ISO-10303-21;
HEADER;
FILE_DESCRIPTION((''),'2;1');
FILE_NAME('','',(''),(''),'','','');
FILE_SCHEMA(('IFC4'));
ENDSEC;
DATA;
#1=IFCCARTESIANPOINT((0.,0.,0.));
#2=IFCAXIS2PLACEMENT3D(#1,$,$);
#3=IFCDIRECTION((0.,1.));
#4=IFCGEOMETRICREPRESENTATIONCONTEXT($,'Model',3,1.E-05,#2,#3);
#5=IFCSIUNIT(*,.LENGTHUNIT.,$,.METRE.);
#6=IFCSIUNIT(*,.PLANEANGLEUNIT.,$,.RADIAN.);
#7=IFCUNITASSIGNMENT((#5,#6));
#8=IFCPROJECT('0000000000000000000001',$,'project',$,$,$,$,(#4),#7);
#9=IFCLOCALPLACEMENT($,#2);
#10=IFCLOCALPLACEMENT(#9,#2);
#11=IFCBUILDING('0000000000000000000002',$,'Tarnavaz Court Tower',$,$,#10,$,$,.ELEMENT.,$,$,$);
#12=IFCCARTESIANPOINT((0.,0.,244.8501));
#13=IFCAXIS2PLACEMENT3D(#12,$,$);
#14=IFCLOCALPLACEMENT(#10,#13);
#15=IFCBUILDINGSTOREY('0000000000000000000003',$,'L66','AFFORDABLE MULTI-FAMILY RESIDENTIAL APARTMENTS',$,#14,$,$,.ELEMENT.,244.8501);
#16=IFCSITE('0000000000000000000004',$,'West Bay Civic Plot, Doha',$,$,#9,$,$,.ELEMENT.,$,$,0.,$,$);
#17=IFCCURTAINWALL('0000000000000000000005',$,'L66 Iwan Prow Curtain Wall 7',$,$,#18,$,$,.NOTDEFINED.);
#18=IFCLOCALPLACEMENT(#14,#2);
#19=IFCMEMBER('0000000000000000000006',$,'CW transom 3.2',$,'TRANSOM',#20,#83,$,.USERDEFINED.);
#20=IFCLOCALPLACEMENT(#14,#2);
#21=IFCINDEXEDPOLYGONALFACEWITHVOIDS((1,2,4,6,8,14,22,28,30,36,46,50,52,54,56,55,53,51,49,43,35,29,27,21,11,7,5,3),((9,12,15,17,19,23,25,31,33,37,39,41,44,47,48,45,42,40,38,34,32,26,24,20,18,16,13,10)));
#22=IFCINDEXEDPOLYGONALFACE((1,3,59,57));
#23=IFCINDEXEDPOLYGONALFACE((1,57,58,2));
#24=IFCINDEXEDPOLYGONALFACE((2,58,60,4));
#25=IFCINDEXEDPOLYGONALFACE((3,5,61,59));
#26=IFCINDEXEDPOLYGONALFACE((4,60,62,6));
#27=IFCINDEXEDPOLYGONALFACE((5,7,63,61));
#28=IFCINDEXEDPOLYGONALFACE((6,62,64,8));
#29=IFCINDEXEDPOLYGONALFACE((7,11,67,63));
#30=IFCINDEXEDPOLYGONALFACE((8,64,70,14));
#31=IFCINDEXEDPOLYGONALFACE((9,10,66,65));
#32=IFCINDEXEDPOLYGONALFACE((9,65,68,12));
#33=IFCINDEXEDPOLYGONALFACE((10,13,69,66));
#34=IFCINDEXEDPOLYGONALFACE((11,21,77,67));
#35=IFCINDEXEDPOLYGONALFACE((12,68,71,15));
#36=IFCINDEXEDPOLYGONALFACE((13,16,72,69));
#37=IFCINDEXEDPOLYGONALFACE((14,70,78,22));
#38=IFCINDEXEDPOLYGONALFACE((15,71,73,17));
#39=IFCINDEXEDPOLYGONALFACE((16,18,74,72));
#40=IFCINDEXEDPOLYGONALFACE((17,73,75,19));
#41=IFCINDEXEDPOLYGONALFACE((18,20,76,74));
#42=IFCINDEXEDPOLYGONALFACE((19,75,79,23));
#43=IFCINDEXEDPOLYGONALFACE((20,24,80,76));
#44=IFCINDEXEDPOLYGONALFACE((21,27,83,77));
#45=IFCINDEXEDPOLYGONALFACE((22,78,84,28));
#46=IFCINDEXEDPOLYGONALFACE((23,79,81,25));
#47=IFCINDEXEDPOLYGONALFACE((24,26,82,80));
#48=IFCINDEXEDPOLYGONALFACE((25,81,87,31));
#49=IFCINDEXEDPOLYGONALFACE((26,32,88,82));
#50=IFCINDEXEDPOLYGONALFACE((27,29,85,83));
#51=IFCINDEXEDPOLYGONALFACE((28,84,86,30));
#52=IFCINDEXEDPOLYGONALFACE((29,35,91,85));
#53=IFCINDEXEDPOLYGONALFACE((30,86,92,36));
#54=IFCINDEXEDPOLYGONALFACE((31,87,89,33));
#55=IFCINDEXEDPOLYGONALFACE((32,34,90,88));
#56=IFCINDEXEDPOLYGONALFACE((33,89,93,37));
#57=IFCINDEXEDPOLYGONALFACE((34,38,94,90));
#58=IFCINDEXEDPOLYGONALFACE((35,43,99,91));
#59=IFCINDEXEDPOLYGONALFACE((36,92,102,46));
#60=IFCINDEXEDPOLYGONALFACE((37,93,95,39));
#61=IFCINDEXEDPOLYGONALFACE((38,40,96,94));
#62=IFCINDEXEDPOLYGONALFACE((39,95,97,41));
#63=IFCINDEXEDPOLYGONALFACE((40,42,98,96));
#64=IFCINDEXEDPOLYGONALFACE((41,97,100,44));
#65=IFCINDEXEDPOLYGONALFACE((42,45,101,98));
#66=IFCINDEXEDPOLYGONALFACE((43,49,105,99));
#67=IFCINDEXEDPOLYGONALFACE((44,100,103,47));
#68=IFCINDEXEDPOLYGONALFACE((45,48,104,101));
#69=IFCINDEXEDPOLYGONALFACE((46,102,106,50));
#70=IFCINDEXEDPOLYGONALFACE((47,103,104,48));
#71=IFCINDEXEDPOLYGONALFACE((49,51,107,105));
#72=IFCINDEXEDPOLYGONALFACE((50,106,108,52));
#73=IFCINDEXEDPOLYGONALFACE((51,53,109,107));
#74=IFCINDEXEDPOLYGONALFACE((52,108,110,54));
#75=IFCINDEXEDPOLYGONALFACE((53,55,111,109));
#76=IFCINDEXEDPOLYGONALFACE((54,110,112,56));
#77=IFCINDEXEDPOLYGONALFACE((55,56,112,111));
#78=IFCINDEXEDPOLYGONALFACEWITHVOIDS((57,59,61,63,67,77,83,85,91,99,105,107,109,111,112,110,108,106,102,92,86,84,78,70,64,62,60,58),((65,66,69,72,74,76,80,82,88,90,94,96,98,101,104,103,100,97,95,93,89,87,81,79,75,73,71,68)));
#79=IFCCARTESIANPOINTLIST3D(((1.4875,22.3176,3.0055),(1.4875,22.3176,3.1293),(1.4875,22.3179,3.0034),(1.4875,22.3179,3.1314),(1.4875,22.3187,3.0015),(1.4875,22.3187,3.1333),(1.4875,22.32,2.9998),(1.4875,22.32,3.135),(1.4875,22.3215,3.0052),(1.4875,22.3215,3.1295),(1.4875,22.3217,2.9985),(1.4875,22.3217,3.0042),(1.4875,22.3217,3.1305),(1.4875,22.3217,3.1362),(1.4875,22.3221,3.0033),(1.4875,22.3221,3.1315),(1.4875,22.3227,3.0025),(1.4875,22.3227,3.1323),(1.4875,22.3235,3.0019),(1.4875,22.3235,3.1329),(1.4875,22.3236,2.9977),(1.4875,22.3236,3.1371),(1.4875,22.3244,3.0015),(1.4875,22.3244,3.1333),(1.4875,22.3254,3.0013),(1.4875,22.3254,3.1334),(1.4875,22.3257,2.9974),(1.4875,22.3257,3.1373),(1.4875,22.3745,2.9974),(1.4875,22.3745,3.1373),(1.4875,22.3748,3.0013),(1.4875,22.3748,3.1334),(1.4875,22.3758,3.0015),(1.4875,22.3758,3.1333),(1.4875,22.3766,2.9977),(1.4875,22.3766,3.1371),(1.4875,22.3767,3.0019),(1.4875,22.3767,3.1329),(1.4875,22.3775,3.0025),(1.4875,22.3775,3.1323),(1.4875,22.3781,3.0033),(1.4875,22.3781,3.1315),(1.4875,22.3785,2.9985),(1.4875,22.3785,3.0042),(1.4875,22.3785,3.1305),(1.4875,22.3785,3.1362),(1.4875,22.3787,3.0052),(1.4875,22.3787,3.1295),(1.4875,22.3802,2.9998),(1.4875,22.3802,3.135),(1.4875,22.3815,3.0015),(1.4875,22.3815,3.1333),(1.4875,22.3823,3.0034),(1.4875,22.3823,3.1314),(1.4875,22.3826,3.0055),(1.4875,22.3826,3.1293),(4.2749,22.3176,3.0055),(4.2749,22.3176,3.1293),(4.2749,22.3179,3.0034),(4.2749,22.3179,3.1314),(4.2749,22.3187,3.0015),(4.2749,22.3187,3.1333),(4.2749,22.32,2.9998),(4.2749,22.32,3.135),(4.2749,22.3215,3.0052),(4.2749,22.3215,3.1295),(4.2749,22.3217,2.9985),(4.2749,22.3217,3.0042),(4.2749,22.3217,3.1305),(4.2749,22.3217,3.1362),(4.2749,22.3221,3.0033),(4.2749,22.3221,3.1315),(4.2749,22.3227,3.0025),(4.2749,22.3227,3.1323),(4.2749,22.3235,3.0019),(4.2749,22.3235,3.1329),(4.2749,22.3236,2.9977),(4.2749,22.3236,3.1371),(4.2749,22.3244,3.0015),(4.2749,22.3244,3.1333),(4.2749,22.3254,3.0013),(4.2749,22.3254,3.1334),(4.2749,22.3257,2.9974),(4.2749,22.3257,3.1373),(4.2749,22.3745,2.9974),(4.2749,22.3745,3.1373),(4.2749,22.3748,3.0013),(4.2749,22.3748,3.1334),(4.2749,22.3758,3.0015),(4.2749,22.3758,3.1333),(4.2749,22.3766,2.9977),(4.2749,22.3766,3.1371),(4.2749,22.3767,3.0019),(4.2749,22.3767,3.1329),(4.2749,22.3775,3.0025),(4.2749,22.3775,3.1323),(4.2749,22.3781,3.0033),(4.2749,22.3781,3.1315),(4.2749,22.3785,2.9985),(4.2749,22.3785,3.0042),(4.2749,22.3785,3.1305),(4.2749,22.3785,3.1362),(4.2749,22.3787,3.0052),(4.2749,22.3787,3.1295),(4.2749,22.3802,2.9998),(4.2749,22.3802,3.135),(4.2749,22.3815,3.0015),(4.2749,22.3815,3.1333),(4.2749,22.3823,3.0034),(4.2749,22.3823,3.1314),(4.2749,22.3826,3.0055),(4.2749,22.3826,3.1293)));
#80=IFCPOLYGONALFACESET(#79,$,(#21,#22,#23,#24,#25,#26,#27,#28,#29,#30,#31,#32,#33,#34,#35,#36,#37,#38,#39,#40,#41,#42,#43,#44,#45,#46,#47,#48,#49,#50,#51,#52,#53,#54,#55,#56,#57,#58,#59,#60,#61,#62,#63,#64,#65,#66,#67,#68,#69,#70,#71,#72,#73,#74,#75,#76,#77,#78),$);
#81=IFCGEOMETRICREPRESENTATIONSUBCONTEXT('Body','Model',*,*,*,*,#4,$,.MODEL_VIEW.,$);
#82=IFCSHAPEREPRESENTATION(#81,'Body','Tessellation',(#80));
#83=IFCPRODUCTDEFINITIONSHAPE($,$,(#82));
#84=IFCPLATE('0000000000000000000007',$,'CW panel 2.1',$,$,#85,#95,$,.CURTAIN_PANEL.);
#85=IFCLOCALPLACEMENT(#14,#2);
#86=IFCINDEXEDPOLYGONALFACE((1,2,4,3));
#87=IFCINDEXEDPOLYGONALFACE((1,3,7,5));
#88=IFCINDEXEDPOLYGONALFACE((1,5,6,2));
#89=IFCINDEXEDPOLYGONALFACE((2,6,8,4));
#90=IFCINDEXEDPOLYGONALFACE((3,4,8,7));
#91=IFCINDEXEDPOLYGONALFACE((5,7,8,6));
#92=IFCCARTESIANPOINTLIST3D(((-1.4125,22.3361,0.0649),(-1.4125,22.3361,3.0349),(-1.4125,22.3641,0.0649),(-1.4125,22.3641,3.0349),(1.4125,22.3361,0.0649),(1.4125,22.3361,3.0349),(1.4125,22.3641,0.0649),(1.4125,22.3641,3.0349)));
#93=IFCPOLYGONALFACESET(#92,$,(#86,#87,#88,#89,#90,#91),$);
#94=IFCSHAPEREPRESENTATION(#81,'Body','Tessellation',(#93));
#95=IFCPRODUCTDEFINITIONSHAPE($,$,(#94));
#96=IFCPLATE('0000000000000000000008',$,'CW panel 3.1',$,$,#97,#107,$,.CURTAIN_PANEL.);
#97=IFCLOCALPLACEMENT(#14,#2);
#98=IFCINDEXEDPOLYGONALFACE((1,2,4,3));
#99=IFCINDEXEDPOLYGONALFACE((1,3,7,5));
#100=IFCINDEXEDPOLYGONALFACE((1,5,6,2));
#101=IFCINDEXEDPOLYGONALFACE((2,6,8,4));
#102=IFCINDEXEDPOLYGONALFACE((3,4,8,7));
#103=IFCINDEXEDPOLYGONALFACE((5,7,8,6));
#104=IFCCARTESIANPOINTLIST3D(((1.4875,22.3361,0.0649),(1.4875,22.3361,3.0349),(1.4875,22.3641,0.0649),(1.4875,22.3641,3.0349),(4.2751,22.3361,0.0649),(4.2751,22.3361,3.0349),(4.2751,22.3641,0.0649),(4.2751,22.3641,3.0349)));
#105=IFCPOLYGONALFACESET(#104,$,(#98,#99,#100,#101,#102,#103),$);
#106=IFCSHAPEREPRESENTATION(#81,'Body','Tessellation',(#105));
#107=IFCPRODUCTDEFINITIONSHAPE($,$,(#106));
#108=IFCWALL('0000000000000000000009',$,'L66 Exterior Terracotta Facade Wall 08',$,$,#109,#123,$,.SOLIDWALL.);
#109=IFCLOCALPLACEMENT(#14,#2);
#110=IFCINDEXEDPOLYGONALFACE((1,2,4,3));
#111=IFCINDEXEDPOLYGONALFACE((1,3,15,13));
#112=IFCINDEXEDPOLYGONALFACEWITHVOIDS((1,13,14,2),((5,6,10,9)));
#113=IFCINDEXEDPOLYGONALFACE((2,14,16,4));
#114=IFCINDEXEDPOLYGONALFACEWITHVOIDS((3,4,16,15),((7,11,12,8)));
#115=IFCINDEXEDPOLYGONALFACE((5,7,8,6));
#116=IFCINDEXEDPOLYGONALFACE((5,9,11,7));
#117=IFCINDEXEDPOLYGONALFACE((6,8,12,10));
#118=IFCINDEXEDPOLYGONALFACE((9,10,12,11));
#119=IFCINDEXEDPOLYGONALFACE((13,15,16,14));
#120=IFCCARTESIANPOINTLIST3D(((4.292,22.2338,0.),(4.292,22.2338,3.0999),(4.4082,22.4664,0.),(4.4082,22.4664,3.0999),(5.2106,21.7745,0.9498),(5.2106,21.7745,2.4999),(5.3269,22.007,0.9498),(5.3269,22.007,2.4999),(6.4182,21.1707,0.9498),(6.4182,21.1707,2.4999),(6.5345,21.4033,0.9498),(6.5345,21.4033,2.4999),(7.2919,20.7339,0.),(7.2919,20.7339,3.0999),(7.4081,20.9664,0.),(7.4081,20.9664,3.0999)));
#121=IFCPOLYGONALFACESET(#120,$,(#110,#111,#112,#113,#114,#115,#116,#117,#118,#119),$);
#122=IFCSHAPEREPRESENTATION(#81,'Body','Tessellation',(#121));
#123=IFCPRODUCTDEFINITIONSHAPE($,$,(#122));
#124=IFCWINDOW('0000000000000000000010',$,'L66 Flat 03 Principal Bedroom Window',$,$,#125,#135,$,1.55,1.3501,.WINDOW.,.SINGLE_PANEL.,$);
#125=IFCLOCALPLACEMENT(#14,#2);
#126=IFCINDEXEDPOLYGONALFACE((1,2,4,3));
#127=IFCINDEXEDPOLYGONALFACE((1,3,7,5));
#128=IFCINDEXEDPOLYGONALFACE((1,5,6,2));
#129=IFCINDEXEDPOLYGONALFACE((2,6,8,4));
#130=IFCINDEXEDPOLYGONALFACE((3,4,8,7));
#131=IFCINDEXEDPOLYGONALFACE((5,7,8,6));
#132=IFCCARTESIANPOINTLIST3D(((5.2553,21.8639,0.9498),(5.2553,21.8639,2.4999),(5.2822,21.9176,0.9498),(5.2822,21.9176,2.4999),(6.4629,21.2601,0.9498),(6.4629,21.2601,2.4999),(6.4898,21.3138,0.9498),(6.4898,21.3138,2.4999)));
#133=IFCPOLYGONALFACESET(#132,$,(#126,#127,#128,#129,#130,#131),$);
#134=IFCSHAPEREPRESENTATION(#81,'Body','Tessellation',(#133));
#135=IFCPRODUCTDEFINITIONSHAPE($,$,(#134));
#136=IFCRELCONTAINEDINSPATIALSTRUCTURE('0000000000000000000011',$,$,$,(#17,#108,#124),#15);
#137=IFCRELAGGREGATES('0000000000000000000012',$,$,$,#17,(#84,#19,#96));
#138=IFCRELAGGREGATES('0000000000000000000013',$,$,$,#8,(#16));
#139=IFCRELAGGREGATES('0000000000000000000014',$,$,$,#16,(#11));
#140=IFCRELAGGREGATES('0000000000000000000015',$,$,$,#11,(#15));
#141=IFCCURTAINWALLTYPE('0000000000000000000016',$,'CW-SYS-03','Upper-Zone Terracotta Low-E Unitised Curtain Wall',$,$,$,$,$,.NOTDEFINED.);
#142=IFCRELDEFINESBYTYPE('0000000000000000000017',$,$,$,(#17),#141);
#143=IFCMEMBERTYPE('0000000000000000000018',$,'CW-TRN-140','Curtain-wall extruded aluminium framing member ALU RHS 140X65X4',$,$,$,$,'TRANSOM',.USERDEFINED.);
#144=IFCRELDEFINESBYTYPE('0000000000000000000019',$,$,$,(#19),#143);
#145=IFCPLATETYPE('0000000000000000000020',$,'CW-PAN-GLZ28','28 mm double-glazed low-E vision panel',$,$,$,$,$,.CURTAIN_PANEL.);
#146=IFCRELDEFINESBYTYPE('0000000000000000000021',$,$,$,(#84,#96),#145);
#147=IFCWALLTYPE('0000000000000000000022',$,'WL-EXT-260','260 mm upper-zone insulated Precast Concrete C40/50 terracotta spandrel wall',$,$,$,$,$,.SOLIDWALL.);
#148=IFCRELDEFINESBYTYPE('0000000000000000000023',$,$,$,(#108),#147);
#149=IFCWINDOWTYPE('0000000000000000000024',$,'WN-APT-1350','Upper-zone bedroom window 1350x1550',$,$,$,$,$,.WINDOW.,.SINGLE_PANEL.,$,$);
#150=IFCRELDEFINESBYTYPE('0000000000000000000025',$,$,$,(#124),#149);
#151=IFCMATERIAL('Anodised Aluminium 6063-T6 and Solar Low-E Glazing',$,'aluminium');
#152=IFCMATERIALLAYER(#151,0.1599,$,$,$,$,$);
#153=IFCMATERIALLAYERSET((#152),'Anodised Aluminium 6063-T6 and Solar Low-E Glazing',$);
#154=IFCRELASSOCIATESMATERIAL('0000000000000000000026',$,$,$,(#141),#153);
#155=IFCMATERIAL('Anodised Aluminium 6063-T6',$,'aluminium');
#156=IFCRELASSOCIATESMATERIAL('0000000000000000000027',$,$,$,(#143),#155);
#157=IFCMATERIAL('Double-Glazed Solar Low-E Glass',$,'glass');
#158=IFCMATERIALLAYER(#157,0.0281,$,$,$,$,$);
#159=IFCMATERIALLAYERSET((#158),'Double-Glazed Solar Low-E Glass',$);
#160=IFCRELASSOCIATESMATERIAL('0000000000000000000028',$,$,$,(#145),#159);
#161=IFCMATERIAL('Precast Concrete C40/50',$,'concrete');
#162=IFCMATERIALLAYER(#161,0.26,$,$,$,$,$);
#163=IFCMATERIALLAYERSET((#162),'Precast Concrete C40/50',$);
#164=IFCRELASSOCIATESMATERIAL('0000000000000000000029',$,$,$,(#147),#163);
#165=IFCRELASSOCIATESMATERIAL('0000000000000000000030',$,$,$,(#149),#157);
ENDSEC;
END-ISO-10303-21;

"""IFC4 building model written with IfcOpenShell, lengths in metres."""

from ifc_helpers import new_model, si_unit, direction, frame, frame_2d, origin, origin_2d, place, context, subcontext, project, spatial, rectangle, hollow_rectangle, extrude, material, layer, layer_set, material_profile, profile_set, type_object, element, fill, aggregate, save


model = new_model("IFC4")

# Units and contexts
model_context = context("Model", 3, precision=1e-05, world=origin(), true_north=direction((0.0, 1.0)))
body_context = subcontext(model_context, "Body", "Model", "MODEL_VIEW")
ifc_project = project(units=[si_unit("LENGTHUNIT", "METRE"), si_unit("PLANEANGLEUNIT", "RADIAN")], contexts=[model_context])

# Site, building, storey
site_placement = place(None, origin())
site = spatial("IfcSite", under=ifc_project, at=site_placement, Name="West Bay Civic Plot, Doha", CompositionType="ELEMENT", RefElevation=0.0)
building_placement = place(site_placement, origin())
building = spatial("IfcBuilding", under=site, at=building_placement, Name="Tarnavaz Court Tower", CompositionType="ELEMENT")
storey_placement = place(building_placement, frame((0.0, 0.0, 244.8501)))
storey = spatial("IfcBuildingStorey", under=building, at=storey_placement, Name="L66", Description="AFFORDABLE MULTI-FAMILY RESIDENTIAL APARTMENTS", CompositionType="ELEMENT", Elevation=244.8501)

# Curtain wall, member, plates
ifc_material_1 = material(Name="Anodised Aluminium 6063-T6 and Solar Low-E Glazing", Category="aluminium")
ifc_layer_1 = layer(ifc_material_1, 0.1599)
ifc_layer_set_1 = layer_set([ifc_layer_1], Name="Anodised Aluminium 6063-T6 and Solar Low-E Glazing")
curtain_wall_type = type_object("IfcCurtainWallType", Name="CW-SYS-03", Description="Upper-Zone Terracotta Low-E Unitised Curtain Wall", PredefinedType="NOTDEFINED", material=ifc_layer_set_1)
curtain_wall_placement = place(storey_placement, origin())
curtain_wall = element("IfcCurtainWall", 1, at=curtain_wall_placement, inside=storey, type_object=curtain_wall_type, Name="L66 Iwan Prow Curtain Wall 7", PredefinedType="NOTDEFINED")
ifc_material_2 = material(Name="Anodised Aluminium 6063-T6", Category="aluminium")
ifc_material_profile_1 = material_profile(ifc_material_2, hollow_rectangle(XDim=0.0649, YDim=0.1399, WallThickness=0.0039, InnerFilletRadius=0.0039, OuterFilletRadius=0.0081, at=origin_2d()), Name="ALU RHS 140X65X4")
ifc_profile_set_1 = profile_set([ifc_material_profile_1], Name="Anodised Aluminium 6063-T6")
member_type_1 = type_object("IfcMemberType", Name="CW-TRN-140", Description="Curtain-wall extruded aluminium framing member ALU RHS 140X65X4", ElementType="TRANSOM", PredefinedType="USERDEFINED", material=ifc_profile_set_1)
member_1_placement = place(storey_placement, frame((1.4875, 22.3501, 3.0674), z_axis=(1.0, 0.0, 0.0), x_axis=(0.0, 1.0, 0.0)))
member_1 = element("IfcMember", 2, at=member_1_placement, type_object=member_type_1, Name="CW transom 3.2", ObjectType="TRANSOM", PredefinedType="USERDEFINED", context=body_context, shape_type="SweptSolid", body=[
    extrude(hollow_rectangle(XDim=0.0649, YDim=0.1399, WallThickness=0.0039, InnerFilletRadius=0.0039, OuterFilletRadius=0.0081, at=origin_2d()), origin(), (0.0, 0.0, 1.0), 2.7874),
])
ifc_material_3 = material(Name="Double-Glazed Solar Low-E Glass", Category="glass")
ifc_layer_2 = layer(ifc_material_3, 0.0281)
ifc_layer_set_2 = layer_set([ifc_layer_2], Name="Double-Glazed Solar Low-E Glass")
plate_type = type_object("IfcPlateType", Name="CW-PAN-GLZ28", Description="28 mm double-glazed low-E vision panel", PredefinedType="CURTAIN_PANEL", material=ifc_layer_set_2)
plate_1_placement = place(storey_placement, frame((0.0, 22.3501, 0.0649), z_axis=(0.0, 0.0, 1.0), x_axis=(1.0, 0.0, 0.0)))
plate_1 = element("IfcPlate", 3, at=plate_1_placement, type_object=plate_type, Name="CW panel 2.1", PredefinedType="CURTAIN_PANEL", context=body_context, shape_type="SweptSolid", body=[
    extrude(rectangle(XDim=2.825, YDim=0.0281, at=origin_2d()), origin(), (0.0, 0.0, 1.0), 2.97),
])
plate_2_placement = place(storey_placement, frame((2.8813, 22.3501, 0.0649), z_axis=(0.0, 0.0, 1.0), x_axis=(1.0, 0.0, 0.0)))
plate_2 = element("IfcPlate", 4, at=plate_2_placement, type_object=plate_type, Name="CW panel 3.1", PredefinedType="CURTAIN_PANEL", context=body_context, shape_type="SweptSolid", body=[
    extrude(rectangle(XDim=2.7876, YDim=0.0281, at=origin_2d()), origin(), (0.0, 0.0, 1.0), 2.97),
])
aggregate(curtain_wall, [plate_1, member_1, plate_2])

# Wall, opening, window
ifc_material_4 = material(Name="Precast Concrete C40/50", Category="concrete")
ifc_layer_3 = layer(ifc_material_4, 0.26)
ifc_layer_set_3 = layer_set([ifc_layer_3], Name="Precast Concrete C40/50")
wall_type_1 = type_object("IfcWallType", Name="WL-EXT-260", Description="260 mm upper-zone insulated Precast Concrete C40/50 terracotta spandrel wall", PredefinedType="SOLIDWALL", material=ifc_layer_set_3)
wall_1_placement = place(storey_placement, frame((4.3501, 22.3501, 0.0), z_axis=(0.0, 0.0, 1.0), x_axis=(0.894427, -0.447214, 0.0)))
wall_1 = element("IfcWall", 5, at=wall_1_placement, inside=storey, type_object=wall_type_1, Name="L66 Exterior Terracotta Facade Wall 08", PredefinedType="SOLIDWALL", context=body_context, shape_type="SweptSolid", body=[
    extrude(rectangle(XDim=3.354, YDim=0.26, at=frame_2d((1.677, 0.0))), origin(), (0.0, 0.0, 1.0), 3.0999),
])
opening_1_placement = place(wall_1_placement, frame((1.0271, 0.0, 0.95)))
opening_1 = element("IfcOpeningElement", 6, at=opening_1_placement, cuts=wall_1, PredefinedType="OPENING", context=body_context, shape_type="SweptSolid", body=[
    extrude(rectangle(XDim=1.3501, YDim=1.55, at=frame_2d((0.675, 0.7749))), frame((0.0, 0.1399, 0.0), z_axis=(0.0, -1.0, 0.0), x_axis=(1.0, 0.0, 0.0)), (0.0, 0.0, 1.0), 0.28),
])
window_type_1 = type_object("IfcWindowType", Name="WN-APT-1350", Description="Upper-zone bedroom window 1350x1550", PartitioningType="SINGLE_PANEL", PredefinedType="WINDOW", material=ifc_material_3)
window_1_placement = place(opening_1_placement, origin())
window_1 = element("IfcWindow", 7, at=window_1_placement, inside=storey, type_object=window_type_1, Name="L66 Flat 03 Principal Bedroom Window", OverallHeight=1.55, OverallWidth=1.3501, PartitioningType="SINGLE_PANEL", PredefinedType="WINDOW", context=body_context, shape_type="SweptSolid", body=[
    extrude(rectangle(XDim=1.3501, YDim=1.55, at=frame_2d((0.675, 0.7749))), frame((0.0, 0.03, 0.0), z_axis=(0.0, -1.0, 0.0), x_axis=(1.0, 0.0, 0.0)), (0.0, 0.0, 1.0), 0.0601),
])
fill(opening_1, window_1)

save(model, "model.ifc")
